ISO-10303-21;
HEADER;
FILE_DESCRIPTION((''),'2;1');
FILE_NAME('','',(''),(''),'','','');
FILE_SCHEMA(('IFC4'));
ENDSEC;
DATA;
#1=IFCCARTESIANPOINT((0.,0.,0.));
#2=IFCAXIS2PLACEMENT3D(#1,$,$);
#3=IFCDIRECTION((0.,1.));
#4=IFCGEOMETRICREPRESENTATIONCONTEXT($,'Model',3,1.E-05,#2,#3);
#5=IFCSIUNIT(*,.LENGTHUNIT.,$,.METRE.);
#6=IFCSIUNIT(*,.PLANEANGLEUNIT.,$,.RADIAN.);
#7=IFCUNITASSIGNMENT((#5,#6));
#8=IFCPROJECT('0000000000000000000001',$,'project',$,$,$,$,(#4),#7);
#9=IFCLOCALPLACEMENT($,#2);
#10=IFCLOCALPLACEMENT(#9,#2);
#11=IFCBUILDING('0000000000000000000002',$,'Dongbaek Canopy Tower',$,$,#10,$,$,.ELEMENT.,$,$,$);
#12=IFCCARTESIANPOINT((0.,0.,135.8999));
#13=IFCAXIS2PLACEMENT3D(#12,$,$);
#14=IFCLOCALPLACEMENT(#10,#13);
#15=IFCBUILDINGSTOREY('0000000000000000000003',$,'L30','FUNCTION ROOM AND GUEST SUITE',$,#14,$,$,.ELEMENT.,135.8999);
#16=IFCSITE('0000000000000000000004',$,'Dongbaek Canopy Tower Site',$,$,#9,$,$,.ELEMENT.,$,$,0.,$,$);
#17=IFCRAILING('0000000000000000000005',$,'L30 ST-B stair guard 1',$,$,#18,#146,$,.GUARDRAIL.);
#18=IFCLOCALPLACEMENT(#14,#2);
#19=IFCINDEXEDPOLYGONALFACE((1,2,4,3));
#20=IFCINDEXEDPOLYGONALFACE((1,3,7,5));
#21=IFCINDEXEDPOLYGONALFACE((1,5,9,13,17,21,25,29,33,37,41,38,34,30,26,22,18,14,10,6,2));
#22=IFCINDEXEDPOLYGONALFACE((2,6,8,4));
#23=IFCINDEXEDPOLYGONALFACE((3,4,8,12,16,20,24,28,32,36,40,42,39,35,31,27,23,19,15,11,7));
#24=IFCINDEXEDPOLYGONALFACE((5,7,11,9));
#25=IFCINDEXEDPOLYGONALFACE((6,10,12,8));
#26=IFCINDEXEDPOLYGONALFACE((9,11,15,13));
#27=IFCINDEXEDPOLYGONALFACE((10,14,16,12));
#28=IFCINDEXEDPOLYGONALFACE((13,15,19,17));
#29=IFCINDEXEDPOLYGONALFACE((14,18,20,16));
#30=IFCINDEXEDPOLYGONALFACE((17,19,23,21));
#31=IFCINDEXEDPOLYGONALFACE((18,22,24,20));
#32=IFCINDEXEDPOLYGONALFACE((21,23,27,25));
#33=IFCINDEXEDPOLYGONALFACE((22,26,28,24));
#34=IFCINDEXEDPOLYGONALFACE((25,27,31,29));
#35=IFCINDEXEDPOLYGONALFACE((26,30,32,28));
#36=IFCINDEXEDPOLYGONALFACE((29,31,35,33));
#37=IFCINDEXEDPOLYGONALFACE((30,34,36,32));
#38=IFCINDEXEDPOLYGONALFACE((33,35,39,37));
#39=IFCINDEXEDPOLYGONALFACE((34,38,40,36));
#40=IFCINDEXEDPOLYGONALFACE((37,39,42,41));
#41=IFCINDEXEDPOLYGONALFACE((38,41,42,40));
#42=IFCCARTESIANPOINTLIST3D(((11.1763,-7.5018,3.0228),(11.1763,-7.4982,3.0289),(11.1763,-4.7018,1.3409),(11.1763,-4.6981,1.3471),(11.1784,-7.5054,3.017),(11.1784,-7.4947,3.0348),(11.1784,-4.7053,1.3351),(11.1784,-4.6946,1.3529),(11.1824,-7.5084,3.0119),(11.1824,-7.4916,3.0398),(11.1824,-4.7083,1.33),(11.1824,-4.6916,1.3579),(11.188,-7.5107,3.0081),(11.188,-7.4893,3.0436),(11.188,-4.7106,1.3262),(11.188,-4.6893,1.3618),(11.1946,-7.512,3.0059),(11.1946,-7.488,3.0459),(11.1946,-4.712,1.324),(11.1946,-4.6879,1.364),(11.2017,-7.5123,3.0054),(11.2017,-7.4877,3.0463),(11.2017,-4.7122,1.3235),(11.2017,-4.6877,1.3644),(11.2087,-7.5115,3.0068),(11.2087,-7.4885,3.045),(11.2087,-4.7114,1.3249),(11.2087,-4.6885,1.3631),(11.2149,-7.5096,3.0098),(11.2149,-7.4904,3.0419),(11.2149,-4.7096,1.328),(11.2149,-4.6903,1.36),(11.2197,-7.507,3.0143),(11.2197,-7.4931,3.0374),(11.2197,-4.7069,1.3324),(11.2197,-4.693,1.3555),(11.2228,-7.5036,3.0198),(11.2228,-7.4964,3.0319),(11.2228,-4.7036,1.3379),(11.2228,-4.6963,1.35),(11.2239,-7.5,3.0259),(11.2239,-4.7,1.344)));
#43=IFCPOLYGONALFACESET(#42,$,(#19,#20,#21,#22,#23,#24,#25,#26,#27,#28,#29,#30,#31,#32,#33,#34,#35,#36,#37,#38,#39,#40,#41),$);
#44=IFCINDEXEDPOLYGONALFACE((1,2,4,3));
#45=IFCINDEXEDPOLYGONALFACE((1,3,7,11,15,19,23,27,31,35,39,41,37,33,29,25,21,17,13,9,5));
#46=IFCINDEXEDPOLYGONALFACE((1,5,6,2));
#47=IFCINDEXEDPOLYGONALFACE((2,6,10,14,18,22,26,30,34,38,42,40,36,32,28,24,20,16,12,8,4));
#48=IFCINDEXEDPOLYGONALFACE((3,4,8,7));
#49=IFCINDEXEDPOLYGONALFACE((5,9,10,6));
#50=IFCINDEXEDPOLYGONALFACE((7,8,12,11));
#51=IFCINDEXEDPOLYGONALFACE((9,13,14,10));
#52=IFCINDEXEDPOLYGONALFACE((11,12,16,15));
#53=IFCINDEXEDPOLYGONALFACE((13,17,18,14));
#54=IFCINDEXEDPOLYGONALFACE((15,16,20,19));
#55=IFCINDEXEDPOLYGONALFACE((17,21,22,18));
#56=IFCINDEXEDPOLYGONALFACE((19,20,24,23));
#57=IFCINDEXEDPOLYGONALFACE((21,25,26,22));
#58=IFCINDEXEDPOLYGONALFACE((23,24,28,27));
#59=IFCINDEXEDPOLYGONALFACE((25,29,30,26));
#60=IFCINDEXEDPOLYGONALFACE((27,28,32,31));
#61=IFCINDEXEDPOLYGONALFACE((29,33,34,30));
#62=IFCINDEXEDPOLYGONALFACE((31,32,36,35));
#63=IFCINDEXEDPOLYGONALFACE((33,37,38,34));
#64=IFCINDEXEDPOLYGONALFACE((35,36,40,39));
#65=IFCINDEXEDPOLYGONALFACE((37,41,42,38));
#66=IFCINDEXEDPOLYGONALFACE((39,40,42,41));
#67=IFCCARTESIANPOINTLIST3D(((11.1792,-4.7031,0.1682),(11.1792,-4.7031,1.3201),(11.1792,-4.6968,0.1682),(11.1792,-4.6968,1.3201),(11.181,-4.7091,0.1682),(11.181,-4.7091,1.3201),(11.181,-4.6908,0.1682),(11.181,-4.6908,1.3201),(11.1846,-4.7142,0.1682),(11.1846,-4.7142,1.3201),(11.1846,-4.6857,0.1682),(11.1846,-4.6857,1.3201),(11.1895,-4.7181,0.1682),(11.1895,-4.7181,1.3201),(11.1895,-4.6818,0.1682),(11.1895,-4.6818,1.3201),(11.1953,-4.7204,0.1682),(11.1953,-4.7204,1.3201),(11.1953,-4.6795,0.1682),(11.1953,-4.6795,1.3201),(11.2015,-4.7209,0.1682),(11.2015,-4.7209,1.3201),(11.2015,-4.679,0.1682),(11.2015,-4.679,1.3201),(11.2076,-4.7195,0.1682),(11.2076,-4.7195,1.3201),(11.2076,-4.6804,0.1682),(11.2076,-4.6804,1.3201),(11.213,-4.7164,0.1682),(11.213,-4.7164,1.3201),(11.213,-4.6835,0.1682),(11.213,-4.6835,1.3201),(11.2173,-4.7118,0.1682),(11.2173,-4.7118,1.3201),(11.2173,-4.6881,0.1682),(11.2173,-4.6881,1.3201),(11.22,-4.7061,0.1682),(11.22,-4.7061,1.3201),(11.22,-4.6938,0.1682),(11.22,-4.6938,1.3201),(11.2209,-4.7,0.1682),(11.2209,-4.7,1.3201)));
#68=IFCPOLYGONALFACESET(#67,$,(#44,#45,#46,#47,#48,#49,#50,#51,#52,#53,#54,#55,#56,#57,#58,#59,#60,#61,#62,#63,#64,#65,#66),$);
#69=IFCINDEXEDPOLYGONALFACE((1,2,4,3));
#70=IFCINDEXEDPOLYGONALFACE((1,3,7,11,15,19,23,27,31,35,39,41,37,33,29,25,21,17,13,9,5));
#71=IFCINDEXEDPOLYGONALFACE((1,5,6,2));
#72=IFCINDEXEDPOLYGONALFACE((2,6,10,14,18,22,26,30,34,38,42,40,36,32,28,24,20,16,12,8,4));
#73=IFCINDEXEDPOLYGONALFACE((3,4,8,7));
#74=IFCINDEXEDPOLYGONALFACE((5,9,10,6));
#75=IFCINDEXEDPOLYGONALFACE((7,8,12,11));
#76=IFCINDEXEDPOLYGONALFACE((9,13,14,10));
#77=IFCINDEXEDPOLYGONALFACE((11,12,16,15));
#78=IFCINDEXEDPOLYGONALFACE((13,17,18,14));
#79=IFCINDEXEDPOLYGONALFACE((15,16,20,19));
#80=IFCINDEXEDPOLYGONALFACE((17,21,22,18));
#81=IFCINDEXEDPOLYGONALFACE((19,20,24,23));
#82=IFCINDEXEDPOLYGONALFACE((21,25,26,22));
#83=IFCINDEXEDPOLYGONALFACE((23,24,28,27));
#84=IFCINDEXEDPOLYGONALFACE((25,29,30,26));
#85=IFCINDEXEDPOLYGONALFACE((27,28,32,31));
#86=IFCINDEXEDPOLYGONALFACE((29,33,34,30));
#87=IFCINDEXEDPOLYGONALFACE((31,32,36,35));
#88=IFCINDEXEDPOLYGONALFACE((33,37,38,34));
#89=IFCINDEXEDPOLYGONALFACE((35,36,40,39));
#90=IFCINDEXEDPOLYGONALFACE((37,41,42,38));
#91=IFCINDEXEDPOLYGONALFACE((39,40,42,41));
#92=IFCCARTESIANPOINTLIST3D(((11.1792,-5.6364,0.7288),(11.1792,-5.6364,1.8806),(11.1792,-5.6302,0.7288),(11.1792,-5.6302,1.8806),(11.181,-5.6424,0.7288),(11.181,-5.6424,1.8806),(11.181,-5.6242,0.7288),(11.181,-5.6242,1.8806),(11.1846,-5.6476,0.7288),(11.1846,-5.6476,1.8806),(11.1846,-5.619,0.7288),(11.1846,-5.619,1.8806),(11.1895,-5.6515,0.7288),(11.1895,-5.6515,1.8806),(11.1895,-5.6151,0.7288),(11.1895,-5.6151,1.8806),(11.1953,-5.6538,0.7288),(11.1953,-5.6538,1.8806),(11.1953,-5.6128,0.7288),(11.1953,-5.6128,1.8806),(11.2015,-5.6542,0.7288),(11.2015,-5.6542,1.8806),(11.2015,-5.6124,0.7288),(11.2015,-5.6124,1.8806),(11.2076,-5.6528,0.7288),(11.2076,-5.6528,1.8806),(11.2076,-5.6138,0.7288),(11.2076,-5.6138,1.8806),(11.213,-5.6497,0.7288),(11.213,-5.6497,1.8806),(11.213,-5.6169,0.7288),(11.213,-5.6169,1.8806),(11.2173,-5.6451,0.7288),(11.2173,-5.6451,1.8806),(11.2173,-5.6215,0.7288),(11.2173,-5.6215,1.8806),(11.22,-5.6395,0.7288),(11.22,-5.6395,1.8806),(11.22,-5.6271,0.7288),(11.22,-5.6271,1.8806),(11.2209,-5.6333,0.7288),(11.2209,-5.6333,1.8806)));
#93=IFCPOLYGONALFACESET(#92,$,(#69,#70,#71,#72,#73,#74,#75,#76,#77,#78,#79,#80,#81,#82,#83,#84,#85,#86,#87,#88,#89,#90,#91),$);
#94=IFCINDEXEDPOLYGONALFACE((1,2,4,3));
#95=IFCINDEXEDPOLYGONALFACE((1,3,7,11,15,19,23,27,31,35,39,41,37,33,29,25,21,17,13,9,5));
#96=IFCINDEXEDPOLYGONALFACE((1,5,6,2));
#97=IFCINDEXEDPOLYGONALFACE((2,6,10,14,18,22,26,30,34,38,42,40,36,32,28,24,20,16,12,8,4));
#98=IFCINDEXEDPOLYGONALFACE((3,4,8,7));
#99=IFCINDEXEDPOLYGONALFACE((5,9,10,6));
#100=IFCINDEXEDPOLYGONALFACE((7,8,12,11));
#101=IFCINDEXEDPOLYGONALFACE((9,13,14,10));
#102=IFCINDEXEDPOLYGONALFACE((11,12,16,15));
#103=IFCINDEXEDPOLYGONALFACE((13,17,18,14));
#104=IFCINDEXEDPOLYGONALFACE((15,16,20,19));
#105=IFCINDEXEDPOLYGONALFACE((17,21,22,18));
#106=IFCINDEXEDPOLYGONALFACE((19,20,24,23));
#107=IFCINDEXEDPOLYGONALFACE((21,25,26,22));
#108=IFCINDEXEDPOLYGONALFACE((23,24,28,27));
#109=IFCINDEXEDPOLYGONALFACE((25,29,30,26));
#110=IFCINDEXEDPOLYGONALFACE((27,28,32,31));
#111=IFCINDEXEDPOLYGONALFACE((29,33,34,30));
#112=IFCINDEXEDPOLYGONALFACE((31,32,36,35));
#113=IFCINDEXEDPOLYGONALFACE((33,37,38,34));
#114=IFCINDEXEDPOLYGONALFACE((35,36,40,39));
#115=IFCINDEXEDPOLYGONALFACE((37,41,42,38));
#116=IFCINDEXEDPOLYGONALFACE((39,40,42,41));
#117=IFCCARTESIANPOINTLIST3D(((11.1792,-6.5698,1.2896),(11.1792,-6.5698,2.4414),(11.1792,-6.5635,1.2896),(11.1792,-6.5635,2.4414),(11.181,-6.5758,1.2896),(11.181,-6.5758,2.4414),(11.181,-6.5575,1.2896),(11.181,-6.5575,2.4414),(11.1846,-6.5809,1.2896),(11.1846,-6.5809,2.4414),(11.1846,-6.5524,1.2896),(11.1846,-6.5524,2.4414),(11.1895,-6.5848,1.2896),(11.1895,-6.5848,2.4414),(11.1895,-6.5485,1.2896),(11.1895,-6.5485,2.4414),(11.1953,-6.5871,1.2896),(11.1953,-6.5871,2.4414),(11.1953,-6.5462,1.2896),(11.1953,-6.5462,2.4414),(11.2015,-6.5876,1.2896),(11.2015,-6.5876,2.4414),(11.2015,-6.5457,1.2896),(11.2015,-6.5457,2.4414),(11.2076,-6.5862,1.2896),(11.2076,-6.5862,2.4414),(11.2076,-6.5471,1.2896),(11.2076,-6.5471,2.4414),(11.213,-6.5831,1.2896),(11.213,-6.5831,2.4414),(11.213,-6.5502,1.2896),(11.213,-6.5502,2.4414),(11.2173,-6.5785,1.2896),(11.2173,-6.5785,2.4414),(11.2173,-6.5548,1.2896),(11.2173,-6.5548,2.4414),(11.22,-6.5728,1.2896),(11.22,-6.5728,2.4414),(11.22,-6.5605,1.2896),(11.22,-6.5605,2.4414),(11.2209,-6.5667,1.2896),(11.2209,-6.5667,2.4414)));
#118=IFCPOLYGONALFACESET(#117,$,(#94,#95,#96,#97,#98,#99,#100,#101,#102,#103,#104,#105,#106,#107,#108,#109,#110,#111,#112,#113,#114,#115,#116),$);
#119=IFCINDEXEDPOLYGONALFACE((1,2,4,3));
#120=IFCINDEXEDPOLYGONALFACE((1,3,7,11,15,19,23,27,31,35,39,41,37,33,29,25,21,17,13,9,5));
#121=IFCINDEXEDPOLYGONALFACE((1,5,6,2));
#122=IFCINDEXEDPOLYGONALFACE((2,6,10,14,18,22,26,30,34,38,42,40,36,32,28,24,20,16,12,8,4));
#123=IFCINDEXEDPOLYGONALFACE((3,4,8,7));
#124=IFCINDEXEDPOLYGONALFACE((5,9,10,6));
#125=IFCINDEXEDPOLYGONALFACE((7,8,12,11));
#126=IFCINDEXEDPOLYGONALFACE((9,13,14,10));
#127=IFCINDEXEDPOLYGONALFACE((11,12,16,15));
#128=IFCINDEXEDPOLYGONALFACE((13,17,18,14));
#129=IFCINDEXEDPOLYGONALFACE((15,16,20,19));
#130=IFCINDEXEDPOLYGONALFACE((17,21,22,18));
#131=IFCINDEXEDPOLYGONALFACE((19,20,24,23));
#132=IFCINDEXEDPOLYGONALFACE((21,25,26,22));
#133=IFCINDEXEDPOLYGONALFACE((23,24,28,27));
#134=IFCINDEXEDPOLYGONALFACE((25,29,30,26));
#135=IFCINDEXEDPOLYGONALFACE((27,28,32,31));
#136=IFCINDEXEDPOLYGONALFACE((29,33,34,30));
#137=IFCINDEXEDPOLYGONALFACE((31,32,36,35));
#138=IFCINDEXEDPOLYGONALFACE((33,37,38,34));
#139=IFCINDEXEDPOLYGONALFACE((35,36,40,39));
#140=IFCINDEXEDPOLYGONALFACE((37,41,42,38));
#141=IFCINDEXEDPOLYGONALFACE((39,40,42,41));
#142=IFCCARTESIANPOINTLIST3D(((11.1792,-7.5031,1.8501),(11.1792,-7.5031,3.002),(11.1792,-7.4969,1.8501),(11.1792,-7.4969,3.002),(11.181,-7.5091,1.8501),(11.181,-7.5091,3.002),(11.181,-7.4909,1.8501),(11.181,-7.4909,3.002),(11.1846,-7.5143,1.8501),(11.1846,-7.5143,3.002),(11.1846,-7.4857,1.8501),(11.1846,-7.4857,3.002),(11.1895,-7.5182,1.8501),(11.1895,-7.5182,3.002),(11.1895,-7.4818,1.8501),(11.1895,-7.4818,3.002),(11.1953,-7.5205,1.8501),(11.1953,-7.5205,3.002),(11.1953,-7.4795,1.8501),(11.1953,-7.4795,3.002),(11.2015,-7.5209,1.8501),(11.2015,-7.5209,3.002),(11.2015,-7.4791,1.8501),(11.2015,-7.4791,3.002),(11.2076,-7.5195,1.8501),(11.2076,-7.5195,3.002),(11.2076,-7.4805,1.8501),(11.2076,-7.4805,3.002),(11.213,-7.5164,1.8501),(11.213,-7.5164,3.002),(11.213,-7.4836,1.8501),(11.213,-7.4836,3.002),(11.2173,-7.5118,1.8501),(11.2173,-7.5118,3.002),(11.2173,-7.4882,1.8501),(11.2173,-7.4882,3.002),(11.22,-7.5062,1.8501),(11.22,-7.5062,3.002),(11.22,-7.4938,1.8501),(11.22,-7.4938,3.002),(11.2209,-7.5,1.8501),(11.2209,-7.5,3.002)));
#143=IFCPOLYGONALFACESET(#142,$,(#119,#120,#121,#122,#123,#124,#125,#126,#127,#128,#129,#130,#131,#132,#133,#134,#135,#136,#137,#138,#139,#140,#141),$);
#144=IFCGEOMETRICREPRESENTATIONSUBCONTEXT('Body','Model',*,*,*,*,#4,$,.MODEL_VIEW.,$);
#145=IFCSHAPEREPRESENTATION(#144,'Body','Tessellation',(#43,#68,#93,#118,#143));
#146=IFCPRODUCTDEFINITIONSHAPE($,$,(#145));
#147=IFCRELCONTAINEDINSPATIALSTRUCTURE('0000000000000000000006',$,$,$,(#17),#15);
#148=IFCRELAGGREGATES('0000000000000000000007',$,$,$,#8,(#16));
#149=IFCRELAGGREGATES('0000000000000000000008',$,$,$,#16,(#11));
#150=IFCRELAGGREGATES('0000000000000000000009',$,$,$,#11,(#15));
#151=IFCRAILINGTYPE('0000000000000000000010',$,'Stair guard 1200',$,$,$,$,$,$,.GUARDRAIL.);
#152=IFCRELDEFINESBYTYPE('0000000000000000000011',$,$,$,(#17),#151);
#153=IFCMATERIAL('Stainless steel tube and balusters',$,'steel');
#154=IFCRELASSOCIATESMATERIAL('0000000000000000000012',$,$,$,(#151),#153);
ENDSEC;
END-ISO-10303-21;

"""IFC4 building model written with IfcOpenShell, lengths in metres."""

from ifc_helpers import new_model, si_unit, direction, frame, origin, origin_2d, place, context, subcontext, project, spatial, circle, extrude, material, type_object, element, save


model = new_model("IFC4")

# Units and contexts
model_context = context("Model", 3, precision=1e-05, world=origin(), true_north=direction((0.0, 1.0)))
body_context = subcontext(model_context, "Body", "Model", "MODEL_VIEW")
ifc_project = project(units=[si_unit("LENGTHUNIT", "METRE"), si_unit("PLANEANGLEUNIT", "RADIAN")], contexts=[model_context])

# Site, building, storey
site_placement = place(None, origin())
site = spatial("IfcSite", under=ifc_project, at=site_placement, Name="Dongbaek Canopy Tower Site", CompositionType="ELEMENT", RefElevation=0.0)
building_placement = place(site_placement, origin())
building = spatial("IfcBuilding", under=site, at=building_placement, Name="Dongbaek Canopy Tower", CompositionType="ELEMENT")
storey_placement = place(building_placement, frame((0.0, 0.0, 135.8999)))
storey = spatial("IfcBuildingStorey", under=building, at=storey_placement, Name="L30", Description="FUNCTION ROOM AND GUEST SUITE", CompositionType="ELEMENT", Elevation=135.8999)

# Railing
ifc_material_1 = material(Name="Stainless steel tube and balusters", Category="steel")
railing_type_1 = type_object("IfcRailingType", Name="Stair guard 1200", PredefinedType="GUARDRAIL", material=ifc_material_1)
railing_1_placement = place(storey_placement, frame((11.2, -4.7, 0.1682)))
element("IfcRailing", 1, at=railing_1_placement, inside=storey, type_object=railing_type_1, Name="L30 ST-B stair guard 1", PredefinedType="GUARDRAIL", context=body_context, shape_type="SweptSolid", body=[
    extrude(circle(Radius=0.0239, at=origin_2d()), frame((0.0, 0.0, 1.1758), z_axis=(0.0, -0.857242, 0.514913), x_axis=(1.0, 0.0, 0.0)), (0.0, 0.0, 1.0), 3.2664),
    extrude(circle(Radius=0.021, at=origin_2d()), origin(), (0.0, 0.0, 1.0), 1.1519),
    extrude(circle(Radius=0.021, at=origin_2d()), frame((0.0, -0.9333, 0.5605)), (0.0, 0.0, 1.0), 1.1519),
    extrude(circle(Radius=0.021, at=origin_2d()), frame((0.0, -1.8667, 1.1213)), (0.0, 0.0, 1.0), 1.1519),
    extrude(circle(Radius=0.021, at=origin_2d()), frame((0.0, -2.8, 1.6819)), (0.0, 0.0, 1.0), 1.1519),
])

save(model, "model.ifc")
